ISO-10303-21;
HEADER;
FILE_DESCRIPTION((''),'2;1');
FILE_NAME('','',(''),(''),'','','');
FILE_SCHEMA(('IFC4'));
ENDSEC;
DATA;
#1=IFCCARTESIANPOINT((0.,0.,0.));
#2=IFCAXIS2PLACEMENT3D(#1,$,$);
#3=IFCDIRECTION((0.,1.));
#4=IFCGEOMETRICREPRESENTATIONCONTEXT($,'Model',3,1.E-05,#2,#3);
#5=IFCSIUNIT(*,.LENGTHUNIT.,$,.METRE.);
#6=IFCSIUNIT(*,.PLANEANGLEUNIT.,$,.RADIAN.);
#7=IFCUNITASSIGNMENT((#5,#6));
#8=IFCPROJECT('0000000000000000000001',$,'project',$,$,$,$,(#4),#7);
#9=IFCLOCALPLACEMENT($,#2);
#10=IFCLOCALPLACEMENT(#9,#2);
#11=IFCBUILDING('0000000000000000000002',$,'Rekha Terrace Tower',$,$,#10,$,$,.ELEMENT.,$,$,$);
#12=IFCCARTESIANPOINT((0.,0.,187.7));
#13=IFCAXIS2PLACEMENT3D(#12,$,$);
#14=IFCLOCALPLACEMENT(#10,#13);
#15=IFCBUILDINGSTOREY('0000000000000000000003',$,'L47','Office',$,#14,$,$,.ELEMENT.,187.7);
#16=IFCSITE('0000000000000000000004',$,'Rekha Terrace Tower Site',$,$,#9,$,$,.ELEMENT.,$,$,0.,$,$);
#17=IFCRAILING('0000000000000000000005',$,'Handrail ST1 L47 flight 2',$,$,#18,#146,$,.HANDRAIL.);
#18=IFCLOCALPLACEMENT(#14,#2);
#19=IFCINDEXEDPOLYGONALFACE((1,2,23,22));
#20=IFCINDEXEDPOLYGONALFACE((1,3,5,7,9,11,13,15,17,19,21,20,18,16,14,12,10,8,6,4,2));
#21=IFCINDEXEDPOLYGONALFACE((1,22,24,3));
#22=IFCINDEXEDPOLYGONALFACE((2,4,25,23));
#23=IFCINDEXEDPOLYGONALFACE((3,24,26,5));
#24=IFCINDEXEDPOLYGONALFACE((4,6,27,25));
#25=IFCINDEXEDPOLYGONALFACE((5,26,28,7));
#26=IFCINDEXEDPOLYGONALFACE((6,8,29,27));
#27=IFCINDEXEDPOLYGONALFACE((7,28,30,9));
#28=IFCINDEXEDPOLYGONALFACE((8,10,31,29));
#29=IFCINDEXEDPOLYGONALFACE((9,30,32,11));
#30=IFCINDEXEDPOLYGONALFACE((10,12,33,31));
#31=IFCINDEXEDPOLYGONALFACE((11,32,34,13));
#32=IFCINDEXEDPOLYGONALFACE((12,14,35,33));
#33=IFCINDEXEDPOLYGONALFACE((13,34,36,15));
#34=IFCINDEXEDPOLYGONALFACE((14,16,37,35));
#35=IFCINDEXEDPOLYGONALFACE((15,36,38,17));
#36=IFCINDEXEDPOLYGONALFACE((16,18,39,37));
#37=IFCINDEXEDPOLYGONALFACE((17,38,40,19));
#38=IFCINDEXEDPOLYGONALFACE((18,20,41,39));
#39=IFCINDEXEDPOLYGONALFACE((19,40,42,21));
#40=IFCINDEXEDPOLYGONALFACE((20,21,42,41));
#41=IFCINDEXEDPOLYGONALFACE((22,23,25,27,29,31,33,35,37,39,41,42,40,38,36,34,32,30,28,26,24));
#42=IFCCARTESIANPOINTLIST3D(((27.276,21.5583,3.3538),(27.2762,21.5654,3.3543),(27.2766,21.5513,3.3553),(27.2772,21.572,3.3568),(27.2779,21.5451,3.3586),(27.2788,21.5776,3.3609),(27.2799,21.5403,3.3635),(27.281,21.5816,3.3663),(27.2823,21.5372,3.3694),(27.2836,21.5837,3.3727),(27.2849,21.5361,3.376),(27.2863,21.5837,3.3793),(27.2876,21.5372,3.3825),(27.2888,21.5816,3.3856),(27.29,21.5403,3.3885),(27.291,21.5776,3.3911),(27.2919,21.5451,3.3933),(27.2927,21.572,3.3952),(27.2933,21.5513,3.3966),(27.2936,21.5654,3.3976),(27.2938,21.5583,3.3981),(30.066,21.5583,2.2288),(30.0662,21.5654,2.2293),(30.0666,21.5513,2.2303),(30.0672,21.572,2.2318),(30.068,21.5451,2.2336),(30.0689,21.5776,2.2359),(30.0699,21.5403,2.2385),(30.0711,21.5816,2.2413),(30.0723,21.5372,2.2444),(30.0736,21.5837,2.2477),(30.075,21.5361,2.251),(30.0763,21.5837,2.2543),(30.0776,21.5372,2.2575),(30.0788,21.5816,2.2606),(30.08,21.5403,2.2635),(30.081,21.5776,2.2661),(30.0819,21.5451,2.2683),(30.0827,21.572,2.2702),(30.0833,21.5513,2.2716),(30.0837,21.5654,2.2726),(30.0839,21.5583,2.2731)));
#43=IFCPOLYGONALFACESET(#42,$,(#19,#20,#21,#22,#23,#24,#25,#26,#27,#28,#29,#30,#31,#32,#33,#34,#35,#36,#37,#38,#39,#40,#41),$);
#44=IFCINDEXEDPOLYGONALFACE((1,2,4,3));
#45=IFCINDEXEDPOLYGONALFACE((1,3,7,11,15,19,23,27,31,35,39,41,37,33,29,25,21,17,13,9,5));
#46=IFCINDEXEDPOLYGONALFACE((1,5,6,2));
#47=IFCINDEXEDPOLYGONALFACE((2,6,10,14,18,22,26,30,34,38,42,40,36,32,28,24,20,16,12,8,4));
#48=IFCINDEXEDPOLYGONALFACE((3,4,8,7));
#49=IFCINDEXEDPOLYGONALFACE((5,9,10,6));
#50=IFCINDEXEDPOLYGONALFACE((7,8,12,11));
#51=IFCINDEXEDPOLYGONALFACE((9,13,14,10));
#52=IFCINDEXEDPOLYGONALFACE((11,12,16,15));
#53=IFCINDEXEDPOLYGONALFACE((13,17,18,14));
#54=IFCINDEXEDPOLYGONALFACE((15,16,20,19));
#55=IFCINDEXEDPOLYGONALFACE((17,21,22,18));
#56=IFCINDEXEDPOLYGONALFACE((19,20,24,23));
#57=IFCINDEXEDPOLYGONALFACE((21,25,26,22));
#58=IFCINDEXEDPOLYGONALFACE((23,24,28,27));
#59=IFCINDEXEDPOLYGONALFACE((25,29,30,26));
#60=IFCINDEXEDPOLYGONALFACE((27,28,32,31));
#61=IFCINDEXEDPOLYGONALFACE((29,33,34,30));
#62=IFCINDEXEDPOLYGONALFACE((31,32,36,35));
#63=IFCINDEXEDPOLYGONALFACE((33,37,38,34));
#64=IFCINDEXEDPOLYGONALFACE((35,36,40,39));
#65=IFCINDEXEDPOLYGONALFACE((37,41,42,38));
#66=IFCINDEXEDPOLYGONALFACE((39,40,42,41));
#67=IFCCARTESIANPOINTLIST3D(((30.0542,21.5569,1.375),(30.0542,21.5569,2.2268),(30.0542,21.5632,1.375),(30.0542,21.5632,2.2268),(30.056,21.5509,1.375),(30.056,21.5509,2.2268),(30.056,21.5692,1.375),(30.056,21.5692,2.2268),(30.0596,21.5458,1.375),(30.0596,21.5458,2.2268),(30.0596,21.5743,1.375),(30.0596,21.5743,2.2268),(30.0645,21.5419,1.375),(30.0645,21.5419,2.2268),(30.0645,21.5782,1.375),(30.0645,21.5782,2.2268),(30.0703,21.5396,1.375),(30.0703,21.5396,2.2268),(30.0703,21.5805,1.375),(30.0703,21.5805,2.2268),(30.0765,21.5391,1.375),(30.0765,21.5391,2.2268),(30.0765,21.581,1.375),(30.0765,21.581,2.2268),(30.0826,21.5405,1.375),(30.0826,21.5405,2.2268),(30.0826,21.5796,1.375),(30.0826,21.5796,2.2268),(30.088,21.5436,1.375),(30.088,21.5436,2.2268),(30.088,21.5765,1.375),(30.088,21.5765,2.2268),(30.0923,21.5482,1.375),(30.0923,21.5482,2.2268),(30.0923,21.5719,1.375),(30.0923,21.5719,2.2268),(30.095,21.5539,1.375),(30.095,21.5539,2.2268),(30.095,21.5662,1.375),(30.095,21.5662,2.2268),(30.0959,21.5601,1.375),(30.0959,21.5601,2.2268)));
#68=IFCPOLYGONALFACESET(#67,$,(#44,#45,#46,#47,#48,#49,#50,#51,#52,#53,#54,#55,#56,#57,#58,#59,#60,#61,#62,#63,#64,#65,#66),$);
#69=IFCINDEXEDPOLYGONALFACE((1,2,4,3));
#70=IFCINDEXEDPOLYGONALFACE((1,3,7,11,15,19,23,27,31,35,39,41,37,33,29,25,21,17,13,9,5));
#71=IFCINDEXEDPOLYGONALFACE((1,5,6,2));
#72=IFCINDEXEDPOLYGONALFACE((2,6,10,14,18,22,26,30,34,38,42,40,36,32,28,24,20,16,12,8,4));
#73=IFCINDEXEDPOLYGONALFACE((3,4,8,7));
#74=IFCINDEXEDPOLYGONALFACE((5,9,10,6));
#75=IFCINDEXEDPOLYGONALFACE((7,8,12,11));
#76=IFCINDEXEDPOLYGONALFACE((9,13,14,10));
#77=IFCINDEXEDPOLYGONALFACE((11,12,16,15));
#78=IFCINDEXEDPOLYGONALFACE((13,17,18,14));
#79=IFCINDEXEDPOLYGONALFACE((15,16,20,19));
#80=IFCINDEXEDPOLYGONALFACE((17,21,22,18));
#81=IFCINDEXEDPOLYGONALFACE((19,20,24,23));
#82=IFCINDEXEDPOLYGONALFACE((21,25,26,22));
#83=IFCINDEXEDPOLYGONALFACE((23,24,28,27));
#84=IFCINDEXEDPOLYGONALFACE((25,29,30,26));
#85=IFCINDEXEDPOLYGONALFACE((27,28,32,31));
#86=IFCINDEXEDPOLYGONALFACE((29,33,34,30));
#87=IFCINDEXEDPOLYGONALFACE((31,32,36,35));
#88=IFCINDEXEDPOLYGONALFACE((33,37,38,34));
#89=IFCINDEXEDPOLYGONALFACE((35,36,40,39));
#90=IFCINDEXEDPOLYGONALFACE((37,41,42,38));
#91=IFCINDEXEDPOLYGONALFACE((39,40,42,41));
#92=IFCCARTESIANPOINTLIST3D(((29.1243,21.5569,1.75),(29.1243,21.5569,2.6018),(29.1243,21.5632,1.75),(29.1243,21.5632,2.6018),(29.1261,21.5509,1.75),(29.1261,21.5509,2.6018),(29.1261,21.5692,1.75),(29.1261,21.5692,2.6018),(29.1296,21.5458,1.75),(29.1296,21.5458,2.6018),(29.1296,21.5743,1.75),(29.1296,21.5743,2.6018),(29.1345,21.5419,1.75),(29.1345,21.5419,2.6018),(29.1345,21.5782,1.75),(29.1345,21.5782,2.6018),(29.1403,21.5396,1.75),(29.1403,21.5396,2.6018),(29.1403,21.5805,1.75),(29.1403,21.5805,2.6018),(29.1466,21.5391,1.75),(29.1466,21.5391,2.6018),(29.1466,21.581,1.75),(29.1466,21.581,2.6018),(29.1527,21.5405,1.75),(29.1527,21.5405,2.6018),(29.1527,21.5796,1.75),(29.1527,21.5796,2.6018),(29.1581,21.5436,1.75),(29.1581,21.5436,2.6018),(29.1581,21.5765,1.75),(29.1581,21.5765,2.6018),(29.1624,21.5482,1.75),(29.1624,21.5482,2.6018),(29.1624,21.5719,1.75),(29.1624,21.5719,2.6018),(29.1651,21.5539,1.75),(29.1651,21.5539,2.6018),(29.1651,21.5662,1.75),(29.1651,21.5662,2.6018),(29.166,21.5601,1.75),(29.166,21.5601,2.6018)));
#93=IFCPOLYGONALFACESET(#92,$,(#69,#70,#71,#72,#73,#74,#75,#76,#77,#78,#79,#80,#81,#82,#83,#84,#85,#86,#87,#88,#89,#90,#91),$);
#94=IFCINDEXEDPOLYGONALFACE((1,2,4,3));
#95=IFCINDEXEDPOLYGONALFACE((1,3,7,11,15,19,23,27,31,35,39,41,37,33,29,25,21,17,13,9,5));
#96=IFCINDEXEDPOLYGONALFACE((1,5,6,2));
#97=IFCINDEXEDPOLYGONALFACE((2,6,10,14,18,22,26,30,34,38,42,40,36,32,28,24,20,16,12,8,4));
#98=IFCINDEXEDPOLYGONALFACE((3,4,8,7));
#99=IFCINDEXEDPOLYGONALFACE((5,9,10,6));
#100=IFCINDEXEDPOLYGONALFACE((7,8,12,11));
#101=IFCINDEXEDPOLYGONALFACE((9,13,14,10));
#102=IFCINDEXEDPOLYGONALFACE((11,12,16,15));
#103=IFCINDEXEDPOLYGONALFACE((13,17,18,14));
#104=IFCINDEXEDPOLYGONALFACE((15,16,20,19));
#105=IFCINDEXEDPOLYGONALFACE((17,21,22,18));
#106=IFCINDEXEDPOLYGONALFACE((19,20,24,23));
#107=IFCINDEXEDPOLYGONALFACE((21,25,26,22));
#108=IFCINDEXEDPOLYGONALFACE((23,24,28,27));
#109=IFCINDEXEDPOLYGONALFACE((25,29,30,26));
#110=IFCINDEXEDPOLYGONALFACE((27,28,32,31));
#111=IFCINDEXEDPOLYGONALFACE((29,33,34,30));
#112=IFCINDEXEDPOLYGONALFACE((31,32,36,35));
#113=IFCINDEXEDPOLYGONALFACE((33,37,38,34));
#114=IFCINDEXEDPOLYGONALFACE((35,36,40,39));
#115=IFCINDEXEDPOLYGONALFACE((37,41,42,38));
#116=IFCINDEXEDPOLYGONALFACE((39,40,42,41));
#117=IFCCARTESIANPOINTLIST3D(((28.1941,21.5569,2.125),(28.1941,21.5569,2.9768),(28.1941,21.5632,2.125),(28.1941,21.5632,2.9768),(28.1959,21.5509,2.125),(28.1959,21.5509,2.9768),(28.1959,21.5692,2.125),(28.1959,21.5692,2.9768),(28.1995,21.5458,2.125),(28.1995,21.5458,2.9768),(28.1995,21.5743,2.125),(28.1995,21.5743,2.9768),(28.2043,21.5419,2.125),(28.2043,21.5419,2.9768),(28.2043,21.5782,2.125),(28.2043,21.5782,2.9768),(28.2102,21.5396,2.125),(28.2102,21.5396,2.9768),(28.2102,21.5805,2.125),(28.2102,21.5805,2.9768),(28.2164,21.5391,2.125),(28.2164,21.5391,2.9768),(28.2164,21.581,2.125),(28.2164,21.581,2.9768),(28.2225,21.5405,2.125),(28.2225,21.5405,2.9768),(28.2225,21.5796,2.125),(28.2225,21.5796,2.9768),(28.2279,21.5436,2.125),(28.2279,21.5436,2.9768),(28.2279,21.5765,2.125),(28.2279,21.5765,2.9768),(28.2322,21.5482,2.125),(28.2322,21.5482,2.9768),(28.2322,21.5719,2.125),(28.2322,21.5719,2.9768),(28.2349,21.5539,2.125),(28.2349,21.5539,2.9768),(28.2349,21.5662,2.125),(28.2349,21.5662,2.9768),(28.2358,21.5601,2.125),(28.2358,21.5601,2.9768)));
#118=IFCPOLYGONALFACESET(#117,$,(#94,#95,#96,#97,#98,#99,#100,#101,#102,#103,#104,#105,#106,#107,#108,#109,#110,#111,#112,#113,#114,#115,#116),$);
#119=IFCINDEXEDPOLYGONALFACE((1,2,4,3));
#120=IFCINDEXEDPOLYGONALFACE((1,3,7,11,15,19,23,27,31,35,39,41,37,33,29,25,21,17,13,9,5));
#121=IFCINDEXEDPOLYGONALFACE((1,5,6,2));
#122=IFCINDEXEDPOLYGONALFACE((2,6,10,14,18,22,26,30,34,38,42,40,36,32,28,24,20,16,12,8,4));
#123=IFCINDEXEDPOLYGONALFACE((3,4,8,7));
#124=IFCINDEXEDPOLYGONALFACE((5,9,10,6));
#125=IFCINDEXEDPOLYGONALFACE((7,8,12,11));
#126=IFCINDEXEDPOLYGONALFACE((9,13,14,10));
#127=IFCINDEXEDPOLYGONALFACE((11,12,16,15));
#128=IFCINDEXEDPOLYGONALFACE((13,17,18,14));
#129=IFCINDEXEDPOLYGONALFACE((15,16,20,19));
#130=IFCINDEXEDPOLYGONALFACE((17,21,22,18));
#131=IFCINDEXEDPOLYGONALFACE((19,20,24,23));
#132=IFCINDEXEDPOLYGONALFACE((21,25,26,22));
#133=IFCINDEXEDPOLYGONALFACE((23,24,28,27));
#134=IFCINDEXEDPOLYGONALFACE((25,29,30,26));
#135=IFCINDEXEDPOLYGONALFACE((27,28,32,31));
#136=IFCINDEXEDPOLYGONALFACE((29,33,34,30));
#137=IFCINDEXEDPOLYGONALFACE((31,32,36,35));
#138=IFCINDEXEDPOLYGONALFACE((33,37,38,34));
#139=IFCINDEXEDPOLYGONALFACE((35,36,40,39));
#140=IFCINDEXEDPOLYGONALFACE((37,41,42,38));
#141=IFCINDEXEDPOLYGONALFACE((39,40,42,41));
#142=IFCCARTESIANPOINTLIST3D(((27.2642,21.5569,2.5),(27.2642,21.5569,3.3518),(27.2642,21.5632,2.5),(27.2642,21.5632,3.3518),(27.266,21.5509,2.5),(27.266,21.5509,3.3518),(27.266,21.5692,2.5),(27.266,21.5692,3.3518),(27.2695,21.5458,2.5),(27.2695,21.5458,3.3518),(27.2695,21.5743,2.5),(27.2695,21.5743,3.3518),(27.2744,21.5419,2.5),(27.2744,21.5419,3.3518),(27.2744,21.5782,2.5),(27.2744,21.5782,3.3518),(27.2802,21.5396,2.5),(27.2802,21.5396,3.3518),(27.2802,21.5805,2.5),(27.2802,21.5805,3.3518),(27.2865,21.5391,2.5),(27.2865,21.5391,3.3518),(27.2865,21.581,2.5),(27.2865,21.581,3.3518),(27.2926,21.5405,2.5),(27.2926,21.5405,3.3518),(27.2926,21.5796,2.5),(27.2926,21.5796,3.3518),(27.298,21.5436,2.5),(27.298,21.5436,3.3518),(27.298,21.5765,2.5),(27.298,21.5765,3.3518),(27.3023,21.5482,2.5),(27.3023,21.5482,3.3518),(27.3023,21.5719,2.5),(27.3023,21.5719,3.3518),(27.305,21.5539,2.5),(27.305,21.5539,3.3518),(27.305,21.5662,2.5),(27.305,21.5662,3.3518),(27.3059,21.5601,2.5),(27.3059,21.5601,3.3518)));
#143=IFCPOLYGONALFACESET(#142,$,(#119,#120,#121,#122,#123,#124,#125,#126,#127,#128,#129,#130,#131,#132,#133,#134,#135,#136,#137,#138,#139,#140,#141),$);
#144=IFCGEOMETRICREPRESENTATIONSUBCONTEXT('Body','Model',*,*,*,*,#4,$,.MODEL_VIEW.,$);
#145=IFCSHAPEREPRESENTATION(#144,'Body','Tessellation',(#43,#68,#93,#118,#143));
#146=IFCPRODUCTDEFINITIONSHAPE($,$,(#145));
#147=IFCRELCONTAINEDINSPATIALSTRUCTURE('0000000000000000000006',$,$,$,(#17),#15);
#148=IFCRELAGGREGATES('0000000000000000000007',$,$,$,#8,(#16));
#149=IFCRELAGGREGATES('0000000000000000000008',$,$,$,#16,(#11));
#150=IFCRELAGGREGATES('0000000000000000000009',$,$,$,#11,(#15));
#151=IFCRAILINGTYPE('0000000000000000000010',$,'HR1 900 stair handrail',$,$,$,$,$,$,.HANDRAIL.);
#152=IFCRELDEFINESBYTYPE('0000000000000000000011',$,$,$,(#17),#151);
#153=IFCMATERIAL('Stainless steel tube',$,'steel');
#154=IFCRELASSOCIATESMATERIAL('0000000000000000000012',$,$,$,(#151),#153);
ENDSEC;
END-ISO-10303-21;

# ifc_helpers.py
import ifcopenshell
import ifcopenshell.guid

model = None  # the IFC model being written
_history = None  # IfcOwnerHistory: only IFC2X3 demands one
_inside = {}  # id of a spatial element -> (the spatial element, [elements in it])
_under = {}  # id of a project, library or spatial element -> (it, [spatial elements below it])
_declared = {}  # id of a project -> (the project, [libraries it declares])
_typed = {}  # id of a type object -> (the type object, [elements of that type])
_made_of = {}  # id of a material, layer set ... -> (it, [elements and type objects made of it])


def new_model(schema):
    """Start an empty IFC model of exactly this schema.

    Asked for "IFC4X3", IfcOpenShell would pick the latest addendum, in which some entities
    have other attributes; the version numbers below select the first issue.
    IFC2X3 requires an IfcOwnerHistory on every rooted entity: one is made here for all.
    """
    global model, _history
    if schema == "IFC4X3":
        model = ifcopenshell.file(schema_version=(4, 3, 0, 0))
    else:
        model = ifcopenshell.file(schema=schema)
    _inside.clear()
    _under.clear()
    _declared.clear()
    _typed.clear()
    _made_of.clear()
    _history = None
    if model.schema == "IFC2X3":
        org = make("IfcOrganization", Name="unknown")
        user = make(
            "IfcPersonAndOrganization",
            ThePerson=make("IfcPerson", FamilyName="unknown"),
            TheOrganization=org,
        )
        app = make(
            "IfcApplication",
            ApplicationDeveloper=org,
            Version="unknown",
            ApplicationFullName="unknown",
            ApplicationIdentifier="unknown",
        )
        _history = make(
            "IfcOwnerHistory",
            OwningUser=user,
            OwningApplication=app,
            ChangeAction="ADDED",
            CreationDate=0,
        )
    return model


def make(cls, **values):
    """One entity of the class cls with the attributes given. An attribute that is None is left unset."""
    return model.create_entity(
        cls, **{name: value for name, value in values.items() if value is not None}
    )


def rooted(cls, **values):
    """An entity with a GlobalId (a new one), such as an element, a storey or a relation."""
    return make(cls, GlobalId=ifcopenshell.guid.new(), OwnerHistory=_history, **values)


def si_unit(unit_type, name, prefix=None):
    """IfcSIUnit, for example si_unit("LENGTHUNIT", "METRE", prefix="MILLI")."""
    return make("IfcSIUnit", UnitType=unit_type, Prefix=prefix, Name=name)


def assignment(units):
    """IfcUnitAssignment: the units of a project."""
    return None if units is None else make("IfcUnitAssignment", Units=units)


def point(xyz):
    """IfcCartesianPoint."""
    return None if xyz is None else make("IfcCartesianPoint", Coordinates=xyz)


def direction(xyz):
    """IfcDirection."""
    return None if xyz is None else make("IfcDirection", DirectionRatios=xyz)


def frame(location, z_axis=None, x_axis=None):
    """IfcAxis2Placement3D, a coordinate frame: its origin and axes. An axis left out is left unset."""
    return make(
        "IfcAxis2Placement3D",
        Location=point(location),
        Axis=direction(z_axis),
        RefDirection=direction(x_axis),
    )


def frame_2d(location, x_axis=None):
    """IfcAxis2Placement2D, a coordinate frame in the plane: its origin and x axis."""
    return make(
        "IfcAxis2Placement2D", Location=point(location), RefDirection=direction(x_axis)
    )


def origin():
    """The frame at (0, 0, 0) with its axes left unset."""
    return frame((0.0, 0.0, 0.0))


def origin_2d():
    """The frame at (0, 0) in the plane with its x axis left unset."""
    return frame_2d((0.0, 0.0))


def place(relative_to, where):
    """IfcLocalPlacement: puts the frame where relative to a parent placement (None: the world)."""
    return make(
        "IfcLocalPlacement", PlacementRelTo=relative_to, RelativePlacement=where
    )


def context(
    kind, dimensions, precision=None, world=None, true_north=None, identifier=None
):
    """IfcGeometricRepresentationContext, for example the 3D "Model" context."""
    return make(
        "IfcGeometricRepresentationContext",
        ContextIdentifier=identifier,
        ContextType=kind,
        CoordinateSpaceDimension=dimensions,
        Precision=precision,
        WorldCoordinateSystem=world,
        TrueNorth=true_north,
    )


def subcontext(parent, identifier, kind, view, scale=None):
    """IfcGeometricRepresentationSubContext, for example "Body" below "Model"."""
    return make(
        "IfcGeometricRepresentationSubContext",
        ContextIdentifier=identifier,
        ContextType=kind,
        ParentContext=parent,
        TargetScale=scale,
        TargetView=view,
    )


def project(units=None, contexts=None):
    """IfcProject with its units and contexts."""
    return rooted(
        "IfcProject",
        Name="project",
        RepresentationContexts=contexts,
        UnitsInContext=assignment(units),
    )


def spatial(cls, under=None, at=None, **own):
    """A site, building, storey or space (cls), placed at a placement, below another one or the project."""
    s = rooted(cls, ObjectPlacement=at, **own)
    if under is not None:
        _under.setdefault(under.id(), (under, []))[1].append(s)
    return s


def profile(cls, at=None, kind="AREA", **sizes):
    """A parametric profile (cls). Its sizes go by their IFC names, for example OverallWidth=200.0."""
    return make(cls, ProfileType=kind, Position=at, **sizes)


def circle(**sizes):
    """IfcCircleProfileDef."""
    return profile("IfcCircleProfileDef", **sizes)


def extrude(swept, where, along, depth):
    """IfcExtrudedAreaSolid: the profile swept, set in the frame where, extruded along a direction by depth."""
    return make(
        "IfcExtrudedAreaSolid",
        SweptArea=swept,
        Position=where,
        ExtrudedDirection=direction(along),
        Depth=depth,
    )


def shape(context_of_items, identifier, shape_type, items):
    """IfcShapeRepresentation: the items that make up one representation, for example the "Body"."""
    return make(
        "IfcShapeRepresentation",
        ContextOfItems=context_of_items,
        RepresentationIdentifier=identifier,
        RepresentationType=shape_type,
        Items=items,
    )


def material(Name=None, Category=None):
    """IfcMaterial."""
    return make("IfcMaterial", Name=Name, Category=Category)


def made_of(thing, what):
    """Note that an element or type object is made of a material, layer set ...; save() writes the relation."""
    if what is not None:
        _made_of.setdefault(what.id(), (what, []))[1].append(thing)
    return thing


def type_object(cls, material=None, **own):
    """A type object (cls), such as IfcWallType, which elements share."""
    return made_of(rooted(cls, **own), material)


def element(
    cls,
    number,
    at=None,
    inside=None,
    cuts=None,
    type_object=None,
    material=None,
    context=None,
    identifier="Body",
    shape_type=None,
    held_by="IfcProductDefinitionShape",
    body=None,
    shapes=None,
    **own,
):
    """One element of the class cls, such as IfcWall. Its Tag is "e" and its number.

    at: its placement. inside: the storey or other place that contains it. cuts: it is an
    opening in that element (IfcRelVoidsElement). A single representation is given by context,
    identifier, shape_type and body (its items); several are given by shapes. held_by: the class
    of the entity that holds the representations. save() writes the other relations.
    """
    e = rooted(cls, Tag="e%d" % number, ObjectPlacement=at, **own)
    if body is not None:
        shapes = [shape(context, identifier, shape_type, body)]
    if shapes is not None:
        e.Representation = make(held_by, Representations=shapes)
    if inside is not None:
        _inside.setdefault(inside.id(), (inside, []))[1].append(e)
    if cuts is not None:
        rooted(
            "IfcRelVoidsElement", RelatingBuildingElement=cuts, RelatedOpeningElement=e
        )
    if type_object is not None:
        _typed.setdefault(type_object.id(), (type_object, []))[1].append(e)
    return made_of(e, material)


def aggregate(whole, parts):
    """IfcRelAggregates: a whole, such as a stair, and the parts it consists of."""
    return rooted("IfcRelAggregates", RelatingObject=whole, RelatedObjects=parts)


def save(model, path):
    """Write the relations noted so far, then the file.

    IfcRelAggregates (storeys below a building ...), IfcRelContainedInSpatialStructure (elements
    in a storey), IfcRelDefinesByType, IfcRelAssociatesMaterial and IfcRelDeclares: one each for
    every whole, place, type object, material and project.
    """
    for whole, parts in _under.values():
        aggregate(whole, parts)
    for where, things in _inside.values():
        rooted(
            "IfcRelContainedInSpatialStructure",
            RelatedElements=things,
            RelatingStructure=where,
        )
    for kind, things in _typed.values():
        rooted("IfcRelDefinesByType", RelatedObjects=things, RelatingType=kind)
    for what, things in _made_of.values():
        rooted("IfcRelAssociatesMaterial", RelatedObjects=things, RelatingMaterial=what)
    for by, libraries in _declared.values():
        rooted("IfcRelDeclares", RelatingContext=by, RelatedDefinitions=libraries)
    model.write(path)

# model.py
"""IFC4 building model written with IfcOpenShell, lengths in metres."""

from ifc_helpers import new_model, si_unit, direction, frame, origin, origin_2d, place, context, subcontext, project, spatial, circle, extrude, material, type_object, element, save


model = new_model("IFC4")

# Units and contexts
model_context = context("Model", 3, precision=1e-05, world=origin(), true_north=direction((0.0, 1.0)))
body_context = subcontext(model_context, "Body", "Model", "MODEL_VIEW")
ifc_project = project(units=[si_unit("LENGTHUNIT", "METRE"), si_unit("PLANEANGLEUNIT", "RADIAN")], contexts=[model_context])

# Site, building, storey
site_placement = place(None, origin())
site = spatial("IfcSite", under=ifc_project, at=site_placement, Name="Rekha Terrace Tower Site", CompositionType="ELEMENT", RefElevation=0.0)
building_placement = place(site_placement, origin())
building = spatial("IfcBuilding", under=site, at=building_placement, Name="Rekha Terrace Tower", CompositionType="ELEMENT")
storey_placement = place(building_placement, frame((0.0, 0.0, 187.7)))
storey = spatial("IfcBuildingStorey", under=building, at=storey_placement, Name="L47", Description="Office", CompositionType="ELEMENT", Elevation=187.7)

# Railing
ifc_material_1 = material(Name="Stainless steel tube", Category="steel")
railing_type_1 = type_object("IfcRailingType", Name="HR1 900 stair handrail", PredefinedType="HANDRAIL", material=ifc_material_1)
railing_1_placement = place(storey_placement, frame((30.075, 21.5601, 1.375)))
element("IfcRailing", 1, at=railing_1_placement, inside=storey, type_object=railing_type_1, Name="Handrail ST1 L47 flight 2", PredefinedType="HANDRAIL", context=body_context, shape_type="SweptSolid", body=[
    extrude(circle(Radius=0.0239, at=origin_2d()), frame((0.0, 0.0, 0.876), z_axis=(-0.927443, 0.0, 0.373964), x_axis=(0.0, -1.0, 0.0)), (0.0, 0.0, 1.0), 3.0083),
    extrude(circle(Radius=0.021, at=origin_2d()), origin(), (0.0, 0.0, 1.0), 0.8518),
    extrude(circle(Radius=0.021, at=origin_2d()), frame((-0.9299, 0.0, 0.375)), (0.0, 0.0, 1.0), 0.8518),
    extrude(circle(Radius=0.021, at=origin_2d()), frame((-1.8601, 0.0, 0.75)), (0.0, 0.0, 1.0), 0.8518),
    extrude(circle(Radius=0.021, at=origin_2d()), frame((-2.79, 0.0, 1.125)), (0.0, 0.0, 1.0), 0.8518),
])

save(model, "model.ifc")
